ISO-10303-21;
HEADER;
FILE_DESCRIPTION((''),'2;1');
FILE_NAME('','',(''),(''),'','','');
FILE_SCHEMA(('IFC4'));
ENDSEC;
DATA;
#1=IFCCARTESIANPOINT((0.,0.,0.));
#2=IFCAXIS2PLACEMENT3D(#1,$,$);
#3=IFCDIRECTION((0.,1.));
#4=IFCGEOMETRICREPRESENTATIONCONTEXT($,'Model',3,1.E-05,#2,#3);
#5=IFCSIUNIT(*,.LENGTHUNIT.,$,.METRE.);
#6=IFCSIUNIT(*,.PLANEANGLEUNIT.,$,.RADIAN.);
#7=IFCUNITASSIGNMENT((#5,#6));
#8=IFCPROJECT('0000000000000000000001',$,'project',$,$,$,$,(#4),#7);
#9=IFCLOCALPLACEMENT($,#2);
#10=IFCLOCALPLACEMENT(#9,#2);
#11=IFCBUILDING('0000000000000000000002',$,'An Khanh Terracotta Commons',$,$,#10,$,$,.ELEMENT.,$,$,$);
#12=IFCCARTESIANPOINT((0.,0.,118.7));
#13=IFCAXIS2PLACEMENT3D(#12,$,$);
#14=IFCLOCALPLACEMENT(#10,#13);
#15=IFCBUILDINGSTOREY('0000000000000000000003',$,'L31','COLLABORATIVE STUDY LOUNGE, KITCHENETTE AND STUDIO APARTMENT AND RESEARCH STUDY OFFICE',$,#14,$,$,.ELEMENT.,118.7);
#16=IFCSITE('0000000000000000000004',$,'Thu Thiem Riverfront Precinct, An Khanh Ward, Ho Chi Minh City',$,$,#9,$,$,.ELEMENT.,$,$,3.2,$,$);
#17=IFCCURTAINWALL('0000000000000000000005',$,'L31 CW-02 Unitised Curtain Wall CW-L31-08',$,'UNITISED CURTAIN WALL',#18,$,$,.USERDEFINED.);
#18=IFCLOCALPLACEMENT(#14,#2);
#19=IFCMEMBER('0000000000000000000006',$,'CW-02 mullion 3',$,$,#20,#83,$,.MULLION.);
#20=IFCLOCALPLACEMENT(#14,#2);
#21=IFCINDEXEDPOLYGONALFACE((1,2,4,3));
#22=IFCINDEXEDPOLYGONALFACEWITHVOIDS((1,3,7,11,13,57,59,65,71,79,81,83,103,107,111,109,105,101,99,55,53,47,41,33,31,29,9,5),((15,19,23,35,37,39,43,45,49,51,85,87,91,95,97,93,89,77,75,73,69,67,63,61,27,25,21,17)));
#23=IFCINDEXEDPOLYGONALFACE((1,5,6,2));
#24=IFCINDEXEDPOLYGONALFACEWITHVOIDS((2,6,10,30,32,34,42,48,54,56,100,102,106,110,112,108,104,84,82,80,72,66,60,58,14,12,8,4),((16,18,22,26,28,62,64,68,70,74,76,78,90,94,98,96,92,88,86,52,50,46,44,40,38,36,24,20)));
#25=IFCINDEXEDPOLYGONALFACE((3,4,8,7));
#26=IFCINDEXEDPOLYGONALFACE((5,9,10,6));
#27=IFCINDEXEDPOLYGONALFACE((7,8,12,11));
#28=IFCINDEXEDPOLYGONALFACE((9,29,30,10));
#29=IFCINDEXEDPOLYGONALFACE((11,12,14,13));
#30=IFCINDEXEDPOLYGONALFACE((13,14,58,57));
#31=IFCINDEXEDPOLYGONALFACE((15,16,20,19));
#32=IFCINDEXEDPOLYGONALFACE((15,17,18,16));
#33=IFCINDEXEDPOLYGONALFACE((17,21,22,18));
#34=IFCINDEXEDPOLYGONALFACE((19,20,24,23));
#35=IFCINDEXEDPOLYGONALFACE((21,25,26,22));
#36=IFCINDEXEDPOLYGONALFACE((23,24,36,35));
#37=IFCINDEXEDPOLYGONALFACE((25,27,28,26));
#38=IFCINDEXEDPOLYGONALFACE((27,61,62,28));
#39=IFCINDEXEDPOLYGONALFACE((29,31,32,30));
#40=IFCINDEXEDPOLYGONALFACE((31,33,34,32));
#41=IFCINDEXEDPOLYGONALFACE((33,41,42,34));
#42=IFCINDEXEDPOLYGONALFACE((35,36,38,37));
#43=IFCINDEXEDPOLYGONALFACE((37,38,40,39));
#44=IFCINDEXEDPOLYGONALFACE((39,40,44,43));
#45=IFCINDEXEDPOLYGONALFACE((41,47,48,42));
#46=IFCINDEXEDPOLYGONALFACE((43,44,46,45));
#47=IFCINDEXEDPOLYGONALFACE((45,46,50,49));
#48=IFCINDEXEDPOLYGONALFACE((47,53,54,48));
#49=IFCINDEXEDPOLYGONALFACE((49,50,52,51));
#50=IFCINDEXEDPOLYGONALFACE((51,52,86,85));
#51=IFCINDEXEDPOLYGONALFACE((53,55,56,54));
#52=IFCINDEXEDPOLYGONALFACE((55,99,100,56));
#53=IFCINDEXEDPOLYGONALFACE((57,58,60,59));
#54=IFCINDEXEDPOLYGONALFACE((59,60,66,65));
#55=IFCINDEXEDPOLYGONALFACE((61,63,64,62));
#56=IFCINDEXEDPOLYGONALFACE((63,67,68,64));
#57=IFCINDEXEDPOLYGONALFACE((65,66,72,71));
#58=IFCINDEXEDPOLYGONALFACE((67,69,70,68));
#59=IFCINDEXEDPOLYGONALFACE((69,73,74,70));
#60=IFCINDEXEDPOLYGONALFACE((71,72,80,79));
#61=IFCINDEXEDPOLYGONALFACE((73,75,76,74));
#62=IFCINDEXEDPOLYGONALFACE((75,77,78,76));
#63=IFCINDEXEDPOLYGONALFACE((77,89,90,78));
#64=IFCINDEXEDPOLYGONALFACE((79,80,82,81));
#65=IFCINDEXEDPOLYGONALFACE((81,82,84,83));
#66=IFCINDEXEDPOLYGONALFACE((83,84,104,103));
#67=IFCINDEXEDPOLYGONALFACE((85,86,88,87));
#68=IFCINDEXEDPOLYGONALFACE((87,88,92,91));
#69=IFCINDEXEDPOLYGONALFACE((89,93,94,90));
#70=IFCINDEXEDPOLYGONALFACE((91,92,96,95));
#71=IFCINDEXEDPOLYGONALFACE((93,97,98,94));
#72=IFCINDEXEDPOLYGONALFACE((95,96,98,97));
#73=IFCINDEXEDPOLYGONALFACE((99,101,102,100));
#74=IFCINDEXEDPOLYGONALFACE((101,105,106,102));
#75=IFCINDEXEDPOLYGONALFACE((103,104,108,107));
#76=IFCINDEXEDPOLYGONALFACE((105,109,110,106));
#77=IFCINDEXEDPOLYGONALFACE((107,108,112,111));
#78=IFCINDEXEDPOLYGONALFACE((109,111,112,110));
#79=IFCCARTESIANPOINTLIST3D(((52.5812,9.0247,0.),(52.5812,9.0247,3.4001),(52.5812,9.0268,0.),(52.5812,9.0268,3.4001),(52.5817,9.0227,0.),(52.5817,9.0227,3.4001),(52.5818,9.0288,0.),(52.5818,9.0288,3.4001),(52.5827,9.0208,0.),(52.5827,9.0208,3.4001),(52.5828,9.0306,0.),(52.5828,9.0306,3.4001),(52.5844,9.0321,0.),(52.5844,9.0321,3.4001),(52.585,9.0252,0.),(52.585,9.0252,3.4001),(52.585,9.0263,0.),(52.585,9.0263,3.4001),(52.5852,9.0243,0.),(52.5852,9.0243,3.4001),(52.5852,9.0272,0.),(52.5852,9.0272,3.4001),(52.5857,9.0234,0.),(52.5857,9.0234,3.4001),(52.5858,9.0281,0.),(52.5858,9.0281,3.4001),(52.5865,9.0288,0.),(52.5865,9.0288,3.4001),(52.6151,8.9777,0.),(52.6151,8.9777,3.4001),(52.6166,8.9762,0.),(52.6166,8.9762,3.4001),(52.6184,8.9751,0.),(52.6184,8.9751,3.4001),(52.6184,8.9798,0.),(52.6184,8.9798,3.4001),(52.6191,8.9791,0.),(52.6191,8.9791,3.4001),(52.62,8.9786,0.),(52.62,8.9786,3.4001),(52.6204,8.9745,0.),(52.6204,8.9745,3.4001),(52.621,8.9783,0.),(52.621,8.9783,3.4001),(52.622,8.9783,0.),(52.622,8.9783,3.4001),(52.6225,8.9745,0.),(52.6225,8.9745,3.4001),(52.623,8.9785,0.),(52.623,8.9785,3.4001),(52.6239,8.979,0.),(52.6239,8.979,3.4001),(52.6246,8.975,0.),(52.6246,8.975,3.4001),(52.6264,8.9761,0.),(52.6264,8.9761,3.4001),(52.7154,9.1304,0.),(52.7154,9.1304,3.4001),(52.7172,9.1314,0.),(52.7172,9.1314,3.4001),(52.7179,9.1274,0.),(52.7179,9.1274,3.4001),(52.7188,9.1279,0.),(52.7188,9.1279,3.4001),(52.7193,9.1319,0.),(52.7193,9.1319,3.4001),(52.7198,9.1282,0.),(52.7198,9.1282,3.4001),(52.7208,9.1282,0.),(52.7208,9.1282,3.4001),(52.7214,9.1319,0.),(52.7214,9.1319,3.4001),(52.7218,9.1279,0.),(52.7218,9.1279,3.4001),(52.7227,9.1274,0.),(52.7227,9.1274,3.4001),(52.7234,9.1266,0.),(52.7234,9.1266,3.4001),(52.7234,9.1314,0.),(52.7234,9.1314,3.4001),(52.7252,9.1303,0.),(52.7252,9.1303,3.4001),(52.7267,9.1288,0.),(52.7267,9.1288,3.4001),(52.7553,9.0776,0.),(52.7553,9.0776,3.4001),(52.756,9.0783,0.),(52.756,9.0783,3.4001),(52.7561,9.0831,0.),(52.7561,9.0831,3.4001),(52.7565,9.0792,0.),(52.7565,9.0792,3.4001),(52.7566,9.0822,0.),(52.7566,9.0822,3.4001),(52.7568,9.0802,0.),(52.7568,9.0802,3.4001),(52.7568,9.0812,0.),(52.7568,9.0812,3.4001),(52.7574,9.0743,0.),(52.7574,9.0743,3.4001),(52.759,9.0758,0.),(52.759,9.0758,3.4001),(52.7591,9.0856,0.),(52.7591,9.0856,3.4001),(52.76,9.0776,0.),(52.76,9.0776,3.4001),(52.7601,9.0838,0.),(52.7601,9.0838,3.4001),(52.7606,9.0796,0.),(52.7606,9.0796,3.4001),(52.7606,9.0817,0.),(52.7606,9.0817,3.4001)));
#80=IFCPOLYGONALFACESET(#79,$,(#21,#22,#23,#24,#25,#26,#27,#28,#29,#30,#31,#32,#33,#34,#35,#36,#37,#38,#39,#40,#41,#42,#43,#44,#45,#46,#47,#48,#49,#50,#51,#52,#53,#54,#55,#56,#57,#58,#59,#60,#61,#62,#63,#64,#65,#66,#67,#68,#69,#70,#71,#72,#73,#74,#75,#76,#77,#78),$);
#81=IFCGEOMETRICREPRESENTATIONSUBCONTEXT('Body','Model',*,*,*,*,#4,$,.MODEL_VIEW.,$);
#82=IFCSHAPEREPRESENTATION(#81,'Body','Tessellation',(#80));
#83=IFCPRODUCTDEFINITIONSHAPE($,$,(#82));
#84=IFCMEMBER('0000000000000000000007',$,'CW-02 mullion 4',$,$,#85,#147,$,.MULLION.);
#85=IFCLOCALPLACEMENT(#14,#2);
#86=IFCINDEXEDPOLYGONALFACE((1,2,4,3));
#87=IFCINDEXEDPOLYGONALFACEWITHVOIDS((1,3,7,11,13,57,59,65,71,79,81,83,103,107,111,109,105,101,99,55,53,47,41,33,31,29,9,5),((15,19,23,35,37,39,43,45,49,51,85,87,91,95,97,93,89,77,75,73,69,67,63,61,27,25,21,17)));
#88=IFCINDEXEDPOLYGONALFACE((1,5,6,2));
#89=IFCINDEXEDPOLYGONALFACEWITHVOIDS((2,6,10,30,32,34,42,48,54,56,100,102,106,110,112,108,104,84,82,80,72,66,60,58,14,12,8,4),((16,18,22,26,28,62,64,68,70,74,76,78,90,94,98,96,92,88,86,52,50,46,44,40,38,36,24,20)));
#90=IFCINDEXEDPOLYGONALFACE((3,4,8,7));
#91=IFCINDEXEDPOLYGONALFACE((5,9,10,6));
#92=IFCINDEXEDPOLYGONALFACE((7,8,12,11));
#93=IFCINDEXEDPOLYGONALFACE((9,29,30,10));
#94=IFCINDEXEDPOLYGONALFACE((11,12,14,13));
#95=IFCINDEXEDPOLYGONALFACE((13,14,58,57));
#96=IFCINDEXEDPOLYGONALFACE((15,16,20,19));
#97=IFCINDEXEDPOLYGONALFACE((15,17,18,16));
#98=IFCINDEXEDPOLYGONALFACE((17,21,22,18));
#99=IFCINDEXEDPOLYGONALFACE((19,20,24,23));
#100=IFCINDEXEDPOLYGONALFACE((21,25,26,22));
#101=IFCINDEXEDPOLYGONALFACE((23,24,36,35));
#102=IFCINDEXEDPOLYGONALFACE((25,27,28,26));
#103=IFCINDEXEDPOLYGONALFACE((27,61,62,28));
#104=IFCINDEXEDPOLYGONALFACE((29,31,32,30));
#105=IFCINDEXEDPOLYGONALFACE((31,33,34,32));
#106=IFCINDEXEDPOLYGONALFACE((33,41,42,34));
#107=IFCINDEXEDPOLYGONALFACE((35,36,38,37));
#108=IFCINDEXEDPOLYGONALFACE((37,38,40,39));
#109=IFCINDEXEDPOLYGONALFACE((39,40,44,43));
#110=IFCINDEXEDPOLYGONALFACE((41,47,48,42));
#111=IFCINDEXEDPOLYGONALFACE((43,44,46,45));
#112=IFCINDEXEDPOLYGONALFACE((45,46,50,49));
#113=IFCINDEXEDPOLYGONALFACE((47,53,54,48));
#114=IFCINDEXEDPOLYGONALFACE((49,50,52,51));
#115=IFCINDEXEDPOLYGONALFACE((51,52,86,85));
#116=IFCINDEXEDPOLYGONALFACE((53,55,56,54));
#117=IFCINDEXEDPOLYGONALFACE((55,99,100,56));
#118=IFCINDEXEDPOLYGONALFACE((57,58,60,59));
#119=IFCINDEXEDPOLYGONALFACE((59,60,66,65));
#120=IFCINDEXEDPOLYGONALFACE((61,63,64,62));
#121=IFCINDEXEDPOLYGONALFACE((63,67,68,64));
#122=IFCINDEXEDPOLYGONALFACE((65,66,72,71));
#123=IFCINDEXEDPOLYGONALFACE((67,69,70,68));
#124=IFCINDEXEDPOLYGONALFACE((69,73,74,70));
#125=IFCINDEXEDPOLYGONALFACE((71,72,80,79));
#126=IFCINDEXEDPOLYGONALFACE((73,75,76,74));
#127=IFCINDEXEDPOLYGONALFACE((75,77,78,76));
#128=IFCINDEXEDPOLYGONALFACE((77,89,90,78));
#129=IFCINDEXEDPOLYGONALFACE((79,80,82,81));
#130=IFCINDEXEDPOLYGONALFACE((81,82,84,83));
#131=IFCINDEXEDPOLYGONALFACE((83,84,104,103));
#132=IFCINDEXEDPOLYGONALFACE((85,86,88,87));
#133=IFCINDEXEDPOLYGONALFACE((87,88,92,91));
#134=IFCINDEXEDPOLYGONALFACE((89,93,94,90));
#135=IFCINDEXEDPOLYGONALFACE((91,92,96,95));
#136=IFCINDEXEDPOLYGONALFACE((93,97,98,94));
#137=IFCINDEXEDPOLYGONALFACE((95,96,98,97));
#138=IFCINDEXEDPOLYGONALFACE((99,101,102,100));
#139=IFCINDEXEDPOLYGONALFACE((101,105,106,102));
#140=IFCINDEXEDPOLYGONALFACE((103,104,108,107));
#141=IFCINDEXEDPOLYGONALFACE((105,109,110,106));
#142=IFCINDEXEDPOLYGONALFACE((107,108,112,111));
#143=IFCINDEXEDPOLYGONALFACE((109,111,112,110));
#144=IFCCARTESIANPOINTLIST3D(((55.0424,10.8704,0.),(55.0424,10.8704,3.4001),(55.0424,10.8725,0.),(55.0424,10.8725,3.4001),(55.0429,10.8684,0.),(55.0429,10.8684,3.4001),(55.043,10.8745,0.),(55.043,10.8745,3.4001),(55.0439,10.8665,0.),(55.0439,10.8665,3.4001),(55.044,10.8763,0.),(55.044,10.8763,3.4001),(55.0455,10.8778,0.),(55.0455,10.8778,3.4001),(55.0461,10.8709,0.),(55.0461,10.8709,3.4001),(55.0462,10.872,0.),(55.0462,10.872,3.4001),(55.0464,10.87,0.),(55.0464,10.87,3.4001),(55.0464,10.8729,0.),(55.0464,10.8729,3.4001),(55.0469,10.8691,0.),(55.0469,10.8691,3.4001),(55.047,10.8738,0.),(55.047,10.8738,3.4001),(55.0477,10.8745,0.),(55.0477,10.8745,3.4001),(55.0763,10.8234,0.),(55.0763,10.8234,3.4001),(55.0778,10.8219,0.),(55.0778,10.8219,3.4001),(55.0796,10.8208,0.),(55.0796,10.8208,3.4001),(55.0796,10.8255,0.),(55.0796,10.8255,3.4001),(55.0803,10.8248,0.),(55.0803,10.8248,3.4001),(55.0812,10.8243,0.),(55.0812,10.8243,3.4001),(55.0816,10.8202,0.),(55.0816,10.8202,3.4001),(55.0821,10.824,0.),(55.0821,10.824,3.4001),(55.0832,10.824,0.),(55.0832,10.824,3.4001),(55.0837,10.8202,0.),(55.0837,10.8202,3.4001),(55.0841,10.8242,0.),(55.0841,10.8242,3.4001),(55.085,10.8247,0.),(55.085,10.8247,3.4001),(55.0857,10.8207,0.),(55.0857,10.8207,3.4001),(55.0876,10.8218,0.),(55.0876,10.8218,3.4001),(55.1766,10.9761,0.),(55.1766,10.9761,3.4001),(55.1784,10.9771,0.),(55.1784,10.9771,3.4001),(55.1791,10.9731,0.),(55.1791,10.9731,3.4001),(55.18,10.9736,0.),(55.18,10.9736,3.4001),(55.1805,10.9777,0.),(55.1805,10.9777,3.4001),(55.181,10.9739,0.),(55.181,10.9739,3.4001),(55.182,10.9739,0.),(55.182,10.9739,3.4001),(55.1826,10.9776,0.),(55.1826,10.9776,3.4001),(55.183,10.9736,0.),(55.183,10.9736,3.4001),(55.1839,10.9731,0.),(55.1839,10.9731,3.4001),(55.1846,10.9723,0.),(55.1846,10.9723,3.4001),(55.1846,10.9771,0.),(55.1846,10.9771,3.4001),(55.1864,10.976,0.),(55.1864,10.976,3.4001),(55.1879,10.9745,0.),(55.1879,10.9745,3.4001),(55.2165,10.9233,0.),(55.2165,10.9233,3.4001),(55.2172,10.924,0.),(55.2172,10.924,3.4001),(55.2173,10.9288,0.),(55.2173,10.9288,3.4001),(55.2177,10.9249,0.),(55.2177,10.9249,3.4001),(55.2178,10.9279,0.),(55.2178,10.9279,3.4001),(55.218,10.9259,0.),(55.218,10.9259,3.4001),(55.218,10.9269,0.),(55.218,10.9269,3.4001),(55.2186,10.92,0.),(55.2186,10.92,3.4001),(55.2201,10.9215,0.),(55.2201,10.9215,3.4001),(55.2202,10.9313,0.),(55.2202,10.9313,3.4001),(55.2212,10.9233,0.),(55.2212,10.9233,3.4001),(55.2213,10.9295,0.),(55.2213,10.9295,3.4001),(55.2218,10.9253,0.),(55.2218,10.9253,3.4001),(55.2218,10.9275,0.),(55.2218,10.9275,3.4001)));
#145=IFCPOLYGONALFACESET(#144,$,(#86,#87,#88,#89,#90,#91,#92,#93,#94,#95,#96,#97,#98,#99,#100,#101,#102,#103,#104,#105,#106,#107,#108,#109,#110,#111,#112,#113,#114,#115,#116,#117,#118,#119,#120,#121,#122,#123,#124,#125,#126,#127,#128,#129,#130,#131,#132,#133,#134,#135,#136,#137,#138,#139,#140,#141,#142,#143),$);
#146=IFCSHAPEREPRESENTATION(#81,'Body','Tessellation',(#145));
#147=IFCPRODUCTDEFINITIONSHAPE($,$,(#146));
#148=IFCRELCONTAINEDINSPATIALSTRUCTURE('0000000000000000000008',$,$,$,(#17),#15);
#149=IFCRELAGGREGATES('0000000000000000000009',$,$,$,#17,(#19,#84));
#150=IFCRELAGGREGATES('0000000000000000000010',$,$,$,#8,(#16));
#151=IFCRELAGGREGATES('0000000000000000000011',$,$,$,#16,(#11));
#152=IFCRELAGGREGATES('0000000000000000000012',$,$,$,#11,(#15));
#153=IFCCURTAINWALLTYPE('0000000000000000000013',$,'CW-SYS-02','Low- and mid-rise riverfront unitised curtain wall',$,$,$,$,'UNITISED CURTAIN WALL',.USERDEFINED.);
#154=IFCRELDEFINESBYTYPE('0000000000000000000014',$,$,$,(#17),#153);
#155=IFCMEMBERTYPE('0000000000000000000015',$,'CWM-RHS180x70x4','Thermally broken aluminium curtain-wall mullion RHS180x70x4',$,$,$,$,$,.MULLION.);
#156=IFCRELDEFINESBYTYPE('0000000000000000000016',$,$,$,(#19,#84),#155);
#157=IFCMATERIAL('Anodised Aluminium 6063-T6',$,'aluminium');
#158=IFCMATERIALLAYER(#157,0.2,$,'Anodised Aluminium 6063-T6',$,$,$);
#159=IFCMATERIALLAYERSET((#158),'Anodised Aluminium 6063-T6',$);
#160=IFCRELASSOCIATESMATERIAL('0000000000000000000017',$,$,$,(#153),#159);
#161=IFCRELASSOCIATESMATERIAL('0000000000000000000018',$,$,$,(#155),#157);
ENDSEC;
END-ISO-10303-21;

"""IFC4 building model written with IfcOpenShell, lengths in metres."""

from ifc_helpers import new_model, si_unit, direction, frame, origin, origin_2d, place, context, subcontext, project, spatial, hollow_rectangle, extrude, material, layer, layer_set, material_profile, profile_set, type_object, element, aggregate, save


model = new_model("IFC4")

# Units and contexts
model_context = context("Model", 3, precision=1e-05, world=origin(), true_north=direction((0.0, 1.0)))
body_context = subcontext(model_context, "Body", "Model", "MODEL_VIEW")
ifc_project = project(units=[si_unit("LENGTHUNIT", "METRE"), si_unit("PLANEANGLEUNIT", "RADIAN")], contexts=[model_context])

# Site, building, storey
site_placement = place(None, origin())
site = spatial("IfcSite", under=ifc_project, at=site_placement, Name="Thu Thiem Riverfront Precinct, An Khanh Ward, Ho Chi Minh City", CompositionType="ELEMENT", RefElevation=3.2)
building_placement = place(site_placement, origin())
building = spatial("IfcBuilding", under=site, at=building_placement, Name="An Khanh Terracotta Commons", CompositionType="ELEMENT")
storey_placement = place(building_placement, frame((0.0, 0.0, 118.7)))
storey = spatial("IfcBuildingStorey", under=building, at=storey_placement, Name="L31", Description="COLLABORATIVE STUDY LOUNGE, KITCHENETTE AND STUDIO APARTMENT AND RESEARCH STUDY OFFICE", CompositionType="ELEMENT", Elevation=118.7)

# Curtain wall, members
ifc_material_1 = material(Name="Anodised Aluminium 6063-T6", Category="aluminium")
ifc_layer_1 = layer(ifc_material_1, 0.2, Name="Anodised Aluminium 6063-T6")
ifc_layer_set_1 = layer_set([ifc_layer_1], Name="Anodised Aluminium 6063-T6")
curtain_wall_type = type_object("IfcCurtainWallType", Name="CW-SYS-02", Description="Low- and mid-rise riverfront unitised curtain wall", ElementType="UNITISED CURTAIN WALL", PredefinedType="USERDEFINED", material=ifc_layer_set_1)
curtain_wall_1_placement = place(storey_placement, origin())
curtain_wall_1 = element("IfcCurtainWall", 1, at=curtain_wall_1_placement, inside=storey, type_object=curtain_wall_type, Name="L31 CW-02 Unitised Curtain Wall CW-L31-08", ObjectType="UNITISED CURTAIN WALL", PredefinedType="USERDEFINED")
ifc_material_profile_1 = material_profile(ifc_material_1, hollow_rectangle(XDim=0.0701, YDim=0.1799, WallThickness=0.0039, InnerFilletRadius=0.0039, OuterFilletRadius=0.0081, at=origin_2d()), Name="RHS180x70x4")
ifc_profile_set_1 = profile_set([ifc_material_profile_1], Name="Anodised Aluminium 6063-T6")
member_type_1 = type_object("IfcMemberType", Name="CWM-RHS180x70x4", Description="Thermally broken aluminium curtain-wall mullion RHS180x70x4", PredefinedType="MULLION", material=ifc_profile_set_1)
member_1_placement = place(storey_placement, frame((52.6709, 9.0532, 0.0), z_axis=(0.0, 0.0, 1.0), x_axis=(-0.599983, 0.800013, 0.0)))
member_1 = element("IfcMember", 2, at=member_1_placement, type_object=member_type_1, Name="CW-02 mullion 3", PredefinedType="MULLION", context=body_context, shape_type="SweptSolid", body=[
    extrude(hollow_rectangle(XDim=0.0701, YDim=0.1799, WallThickness=0.0039, InnerFilletRadius=0.0039, OuterFilletRadius=0.0081, at=origin_2d()), origin(), (0.0, 0.0, 1.0), 3.4001),
])
member_2_placement = place(storey_placement, frame((55.1321, 10.8989, 0.0), z_axis=(0.0, 0.0, 1.0), x_axis=(-0.599983, 0.800013, 0.0)))
member_2 = element("IfcMember", 3, at=member_2_placement, type_object=member_type_1, Name="CW-02 mullion 4", PredefinedType="MULLION", context=body_context, shape_type="SweptSolid", body=[
    extrude(hollow_rectangle(XDim=0.0701, YDim=0.1799, WallThickness=0.0039, InnerFilletRadius=0.0039, OuterFilletRadius=0.0081, at=origin_2d()), origin(), (0.0, 0.0, 1.0), 3.4001),
])

aggregate(curtain_wall_1, [member_1, member_2])

save(model, "model.ifc")
